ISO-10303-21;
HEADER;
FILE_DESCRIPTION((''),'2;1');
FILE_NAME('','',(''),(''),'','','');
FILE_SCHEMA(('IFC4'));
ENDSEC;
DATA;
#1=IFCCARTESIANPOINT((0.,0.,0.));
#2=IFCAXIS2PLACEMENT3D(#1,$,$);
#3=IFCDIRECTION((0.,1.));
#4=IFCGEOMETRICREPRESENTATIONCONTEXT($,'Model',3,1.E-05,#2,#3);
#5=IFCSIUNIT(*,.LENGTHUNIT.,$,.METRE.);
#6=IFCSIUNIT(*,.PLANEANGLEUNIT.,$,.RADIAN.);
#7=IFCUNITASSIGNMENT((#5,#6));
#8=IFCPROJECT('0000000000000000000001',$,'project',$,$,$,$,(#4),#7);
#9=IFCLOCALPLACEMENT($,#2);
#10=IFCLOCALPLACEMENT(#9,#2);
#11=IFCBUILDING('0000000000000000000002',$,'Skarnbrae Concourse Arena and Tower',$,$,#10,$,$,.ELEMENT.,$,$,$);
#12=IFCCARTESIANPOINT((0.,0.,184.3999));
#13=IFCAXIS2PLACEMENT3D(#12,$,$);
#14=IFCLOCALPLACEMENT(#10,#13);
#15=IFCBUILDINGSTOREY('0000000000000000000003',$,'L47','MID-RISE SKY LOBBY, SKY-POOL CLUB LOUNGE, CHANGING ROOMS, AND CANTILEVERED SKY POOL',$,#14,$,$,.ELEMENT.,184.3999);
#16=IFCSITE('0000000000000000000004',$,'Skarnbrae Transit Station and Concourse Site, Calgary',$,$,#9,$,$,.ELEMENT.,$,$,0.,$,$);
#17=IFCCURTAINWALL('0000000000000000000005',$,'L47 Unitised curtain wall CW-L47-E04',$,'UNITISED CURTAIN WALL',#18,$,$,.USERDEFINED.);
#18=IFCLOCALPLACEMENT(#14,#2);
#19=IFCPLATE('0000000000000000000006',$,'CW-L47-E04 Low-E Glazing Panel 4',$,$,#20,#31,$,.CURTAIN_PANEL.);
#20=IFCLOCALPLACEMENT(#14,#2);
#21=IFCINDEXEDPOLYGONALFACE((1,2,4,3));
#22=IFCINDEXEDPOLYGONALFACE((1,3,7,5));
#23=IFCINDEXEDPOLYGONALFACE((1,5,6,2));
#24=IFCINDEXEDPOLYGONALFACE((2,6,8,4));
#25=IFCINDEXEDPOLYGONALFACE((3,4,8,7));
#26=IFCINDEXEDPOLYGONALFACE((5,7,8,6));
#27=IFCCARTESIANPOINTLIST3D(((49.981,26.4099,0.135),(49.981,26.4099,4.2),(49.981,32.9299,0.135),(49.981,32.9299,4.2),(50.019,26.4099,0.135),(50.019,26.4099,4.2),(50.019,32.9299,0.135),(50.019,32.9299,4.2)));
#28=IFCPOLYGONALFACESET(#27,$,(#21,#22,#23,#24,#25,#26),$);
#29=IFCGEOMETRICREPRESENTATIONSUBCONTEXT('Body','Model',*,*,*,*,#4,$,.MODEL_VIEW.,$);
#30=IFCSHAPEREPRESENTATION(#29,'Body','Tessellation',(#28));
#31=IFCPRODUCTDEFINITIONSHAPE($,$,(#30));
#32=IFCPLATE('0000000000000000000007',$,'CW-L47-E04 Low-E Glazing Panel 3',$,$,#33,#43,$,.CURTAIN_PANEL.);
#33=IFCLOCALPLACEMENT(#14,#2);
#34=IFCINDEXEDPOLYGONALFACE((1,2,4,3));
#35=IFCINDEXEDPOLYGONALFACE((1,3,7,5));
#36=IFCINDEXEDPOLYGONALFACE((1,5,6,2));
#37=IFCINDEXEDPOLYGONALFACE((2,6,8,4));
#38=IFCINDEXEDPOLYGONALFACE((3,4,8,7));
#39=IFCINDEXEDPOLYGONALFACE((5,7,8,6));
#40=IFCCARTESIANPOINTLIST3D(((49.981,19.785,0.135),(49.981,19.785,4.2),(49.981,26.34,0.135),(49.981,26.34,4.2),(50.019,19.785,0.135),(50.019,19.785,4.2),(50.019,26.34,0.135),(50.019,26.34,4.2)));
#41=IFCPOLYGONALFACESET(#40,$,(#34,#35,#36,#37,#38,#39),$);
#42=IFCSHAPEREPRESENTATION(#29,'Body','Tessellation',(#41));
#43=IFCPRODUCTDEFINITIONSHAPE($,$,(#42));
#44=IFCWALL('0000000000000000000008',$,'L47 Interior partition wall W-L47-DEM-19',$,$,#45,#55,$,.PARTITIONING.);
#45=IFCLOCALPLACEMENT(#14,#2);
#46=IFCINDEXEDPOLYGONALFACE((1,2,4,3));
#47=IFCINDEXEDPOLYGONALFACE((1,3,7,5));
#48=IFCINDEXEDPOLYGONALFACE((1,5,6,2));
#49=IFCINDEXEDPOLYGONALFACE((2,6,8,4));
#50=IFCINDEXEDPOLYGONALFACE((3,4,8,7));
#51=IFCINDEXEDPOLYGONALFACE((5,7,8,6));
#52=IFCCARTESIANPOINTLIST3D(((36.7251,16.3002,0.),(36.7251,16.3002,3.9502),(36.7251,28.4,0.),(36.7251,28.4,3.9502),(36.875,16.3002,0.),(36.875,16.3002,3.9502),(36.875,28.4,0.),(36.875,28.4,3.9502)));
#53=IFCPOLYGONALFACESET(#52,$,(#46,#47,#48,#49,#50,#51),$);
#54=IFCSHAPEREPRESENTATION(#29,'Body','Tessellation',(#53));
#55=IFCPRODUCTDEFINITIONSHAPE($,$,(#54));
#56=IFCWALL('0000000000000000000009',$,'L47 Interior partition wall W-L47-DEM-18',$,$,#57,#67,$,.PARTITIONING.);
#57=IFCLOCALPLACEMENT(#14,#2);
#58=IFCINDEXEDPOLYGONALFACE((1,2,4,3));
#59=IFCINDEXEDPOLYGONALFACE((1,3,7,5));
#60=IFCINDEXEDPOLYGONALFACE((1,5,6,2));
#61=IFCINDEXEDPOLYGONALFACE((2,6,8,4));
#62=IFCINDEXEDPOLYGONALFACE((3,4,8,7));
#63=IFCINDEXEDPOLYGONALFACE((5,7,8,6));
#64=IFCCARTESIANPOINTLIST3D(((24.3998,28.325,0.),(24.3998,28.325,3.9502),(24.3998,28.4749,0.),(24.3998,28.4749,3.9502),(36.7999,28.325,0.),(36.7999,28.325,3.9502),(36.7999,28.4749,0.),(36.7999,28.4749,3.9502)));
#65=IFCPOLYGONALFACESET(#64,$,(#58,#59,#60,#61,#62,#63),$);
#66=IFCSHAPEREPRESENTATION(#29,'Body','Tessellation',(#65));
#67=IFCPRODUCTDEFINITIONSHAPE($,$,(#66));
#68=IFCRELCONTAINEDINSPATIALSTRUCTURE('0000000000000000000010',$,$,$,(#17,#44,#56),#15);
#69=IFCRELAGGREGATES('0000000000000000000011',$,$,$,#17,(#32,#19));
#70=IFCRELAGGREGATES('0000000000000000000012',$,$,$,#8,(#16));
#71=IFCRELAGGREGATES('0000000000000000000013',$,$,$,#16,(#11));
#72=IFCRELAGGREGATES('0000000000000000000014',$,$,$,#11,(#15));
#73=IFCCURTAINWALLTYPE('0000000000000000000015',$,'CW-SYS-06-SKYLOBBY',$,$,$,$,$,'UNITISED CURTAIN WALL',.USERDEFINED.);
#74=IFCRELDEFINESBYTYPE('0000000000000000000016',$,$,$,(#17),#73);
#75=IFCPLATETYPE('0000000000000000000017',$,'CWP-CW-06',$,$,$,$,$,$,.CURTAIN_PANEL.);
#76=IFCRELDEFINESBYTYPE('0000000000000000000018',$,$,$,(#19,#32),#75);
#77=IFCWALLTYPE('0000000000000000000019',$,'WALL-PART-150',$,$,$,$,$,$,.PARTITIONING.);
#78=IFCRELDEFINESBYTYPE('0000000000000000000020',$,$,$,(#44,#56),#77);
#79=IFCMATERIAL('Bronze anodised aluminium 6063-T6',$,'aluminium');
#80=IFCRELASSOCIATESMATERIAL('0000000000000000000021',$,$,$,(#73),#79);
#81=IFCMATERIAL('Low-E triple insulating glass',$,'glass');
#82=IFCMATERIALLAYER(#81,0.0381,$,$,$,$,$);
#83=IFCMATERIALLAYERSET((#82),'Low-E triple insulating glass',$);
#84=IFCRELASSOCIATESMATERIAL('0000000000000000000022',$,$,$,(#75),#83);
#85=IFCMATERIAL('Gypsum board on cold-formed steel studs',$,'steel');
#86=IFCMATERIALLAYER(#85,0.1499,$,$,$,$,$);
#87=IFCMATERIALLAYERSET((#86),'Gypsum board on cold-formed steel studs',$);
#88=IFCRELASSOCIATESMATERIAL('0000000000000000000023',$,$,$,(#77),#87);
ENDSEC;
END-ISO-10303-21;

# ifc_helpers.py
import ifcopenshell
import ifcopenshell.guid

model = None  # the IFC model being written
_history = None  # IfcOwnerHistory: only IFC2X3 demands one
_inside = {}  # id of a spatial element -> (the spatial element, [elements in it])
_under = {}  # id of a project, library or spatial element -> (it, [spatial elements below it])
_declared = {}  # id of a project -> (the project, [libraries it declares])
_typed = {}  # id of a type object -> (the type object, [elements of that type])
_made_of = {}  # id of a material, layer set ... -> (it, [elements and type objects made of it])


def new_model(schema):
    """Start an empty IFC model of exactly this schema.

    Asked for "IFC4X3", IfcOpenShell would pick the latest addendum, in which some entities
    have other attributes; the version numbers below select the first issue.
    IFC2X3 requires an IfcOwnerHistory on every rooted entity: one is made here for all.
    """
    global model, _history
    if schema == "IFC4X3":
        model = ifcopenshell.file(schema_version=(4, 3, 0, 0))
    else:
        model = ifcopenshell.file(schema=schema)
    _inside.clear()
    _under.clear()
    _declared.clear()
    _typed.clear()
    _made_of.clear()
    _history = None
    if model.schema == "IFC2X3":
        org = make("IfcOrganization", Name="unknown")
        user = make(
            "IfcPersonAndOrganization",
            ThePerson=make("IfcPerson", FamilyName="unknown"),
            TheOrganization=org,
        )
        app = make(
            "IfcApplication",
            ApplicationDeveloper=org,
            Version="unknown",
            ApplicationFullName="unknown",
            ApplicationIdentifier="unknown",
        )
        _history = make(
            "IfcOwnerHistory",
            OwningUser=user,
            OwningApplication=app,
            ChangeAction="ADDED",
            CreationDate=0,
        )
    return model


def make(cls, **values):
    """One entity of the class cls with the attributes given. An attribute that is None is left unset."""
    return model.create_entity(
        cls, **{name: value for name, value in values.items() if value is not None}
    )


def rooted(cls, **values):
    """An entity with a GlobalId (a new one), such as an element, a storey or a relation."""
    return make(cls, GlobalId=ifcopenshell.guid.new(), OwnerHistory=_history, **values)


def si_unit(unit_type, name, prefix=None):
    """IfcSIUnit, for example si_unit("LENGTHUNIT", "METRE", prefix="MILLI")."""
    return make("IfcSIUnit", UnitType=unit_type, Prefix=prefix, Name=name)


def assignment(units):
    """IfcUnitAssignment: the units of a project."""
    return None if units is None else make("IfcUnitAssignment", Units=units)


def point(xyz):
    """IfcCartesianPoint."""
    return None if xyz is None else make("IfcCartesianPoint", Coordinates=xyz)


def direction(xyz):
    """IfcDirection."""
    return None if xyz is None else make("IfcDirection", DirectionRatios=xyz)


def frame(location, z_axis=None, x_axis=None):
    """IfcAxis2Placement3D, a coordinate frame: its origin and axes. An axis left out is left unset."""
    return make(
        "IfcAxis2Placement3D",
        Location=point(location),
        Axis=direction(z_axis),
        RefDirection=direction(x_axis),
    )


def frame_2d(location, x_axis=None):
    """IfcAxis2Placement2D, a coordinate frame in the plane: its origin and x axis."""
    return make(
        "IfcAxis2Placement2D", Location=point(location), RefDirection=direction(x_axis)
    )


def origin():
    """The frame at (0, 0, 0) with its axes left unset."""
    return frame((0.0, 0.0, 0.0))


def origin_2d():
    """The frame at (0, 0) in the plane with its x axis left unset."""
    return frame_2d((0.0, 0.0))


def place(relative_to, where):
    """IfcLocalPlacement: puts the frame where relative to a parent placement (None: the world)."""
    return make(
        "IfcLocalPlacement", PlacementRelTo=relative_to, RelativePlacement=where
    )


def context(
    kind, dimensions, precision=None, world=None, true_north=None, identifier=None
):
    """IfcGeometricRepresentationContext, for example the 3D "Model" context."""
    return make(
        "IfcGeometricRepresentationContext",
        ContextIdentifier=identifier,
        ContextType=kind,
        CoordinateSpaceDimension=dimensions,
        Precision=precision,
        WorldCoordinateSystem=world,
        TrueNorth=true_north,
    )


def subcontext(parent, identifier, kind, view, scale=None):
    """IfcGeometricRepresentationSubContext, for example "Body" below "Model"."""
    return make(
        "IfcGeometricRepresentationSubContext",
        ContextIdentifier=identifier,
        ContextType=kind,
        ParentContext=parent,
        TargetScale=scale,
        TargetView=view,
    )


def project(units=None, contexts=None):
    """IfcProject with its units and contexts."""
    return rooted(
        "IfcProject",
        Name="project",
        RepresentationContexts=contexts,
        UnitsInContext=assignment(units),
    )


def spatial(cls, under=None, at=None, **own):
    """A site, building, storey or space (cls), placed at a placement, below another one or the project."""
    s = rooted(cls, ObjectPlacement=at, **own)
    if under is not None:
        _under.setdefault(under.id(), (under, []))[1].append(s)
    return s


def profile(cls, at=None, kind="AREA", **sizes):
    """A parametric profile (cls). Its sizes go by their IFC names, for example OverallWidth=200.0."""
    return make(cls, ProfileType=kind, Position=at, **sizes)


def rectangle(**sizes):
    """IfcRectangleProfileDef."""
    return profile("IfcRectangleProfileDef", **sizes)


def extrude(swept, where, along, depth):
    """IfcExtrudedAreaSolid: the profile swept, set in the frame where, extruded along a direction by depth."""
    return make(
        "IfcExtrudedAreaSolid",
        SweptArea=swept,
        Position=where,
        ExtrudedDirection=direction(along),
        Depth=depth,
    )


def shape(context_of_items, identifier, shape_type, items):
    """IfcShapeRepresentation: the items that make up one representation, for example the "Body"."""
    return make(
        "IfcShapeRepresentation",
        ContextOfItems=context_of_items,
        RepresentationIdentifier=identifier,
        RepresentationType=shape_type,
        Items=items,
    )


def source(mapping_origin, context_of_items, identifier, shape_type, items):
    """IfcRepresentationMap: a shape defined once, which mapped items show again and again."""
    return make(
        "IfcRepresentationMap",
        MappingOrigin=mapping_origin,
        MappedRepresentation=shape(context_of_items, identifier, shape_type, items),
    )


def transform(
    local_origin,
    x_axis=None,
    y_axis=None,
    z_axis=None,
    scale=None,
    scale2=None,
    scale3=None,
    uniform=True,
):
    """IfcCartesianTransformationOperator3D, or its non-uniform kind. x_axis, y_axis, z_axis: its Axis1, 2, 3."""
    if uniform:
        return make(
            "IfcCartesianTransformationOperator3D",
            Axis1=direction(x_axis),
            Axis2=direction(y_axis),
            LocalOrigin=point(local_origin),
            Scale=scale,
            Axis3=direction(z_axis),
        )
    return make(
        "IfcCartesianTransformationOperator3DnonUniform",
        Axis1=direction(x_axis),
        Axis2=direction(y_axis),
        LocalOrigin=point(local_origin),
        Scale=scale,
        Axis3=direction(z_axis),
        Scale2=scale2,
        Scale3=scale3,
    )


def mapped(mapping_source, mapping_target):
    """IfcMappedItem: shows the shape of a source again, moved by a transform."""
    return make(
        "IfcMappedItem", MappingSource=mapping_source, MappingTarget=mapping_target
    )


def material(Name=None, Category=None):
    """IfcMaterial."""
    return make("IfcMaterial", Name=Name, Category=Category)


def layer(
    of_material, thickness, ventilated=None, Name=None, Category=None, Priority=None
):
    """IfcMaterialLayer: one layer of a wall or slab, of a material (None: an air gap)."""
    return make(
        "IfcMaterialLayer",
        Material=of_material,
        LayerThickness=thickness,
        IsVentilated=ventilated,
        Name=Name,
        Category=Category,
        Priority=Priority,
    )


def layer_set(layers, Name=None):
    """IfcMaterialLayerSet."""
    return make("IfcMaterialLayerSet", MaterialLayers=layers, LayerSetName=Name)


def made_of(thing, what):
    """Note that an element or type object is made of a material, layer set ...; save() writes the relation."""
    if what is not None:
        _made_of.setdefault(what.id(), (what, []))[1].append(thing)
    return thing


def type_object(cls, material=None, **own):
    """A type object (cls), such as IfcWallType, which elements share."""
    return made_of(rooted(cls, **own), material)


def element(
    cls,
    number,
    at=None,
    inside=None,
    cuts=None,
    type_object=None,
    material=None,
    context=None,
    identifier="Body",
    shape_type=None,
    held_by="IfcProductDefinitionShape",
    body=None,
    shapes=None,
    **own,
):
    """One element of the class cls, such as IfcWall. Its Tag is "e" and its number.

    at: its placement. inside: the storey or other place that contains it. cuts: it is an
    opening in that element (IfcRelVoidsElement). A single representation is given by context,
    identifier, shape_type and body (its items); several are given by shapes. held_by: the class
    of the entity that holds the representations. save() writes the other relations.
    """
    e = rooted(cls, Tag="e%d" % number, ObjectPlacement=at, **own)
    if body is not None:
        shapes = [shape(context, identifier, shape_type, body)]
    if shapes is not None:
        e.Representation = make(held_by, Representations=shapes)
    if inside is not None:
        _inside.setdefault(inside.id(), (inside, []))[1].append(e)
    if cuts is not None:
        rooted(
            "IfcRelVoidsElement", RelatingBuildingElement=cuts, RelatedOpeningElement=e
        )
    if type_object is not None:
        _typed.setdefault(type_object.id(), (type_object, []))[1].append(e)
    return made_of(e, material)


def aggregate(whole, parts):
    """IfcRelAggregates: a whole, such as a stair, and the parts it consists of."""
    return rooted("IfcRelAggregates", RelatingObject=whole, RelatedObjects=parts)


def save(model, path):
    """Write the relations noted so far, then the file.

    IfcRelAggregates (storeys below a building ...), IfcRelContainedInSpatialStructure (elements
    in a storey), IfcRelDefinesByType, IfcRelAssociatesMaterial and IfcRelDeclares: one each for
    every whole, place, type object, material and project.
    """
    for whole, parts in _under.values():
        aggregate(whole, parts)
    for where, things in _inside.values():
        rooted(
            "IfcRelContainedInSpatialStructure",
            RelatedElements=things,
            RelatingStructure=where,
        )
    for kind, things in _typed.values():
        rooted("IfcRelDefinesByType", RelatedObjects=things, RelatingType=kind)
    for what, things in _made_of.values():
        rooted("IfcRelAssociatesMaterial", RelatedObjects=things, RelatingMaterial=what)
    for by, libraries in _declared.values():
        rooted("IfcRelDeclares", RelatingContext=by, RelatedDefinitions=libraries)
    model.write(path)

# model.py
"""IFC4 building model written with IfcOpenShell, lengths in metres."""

from ifc_helpers import new_model, si_unit, direction, frame, frame_2d, origin, origin_2d, place, context, subcontext, project, spatial, rectangle, extrude, source, transform, mapped, material, layer, layer_set, type_object, element, aggregate, save


model = new_model("IFC4")

# Units and contexts
model_context = context("Model", 3, precision=1e-05, world=origin(), true_north=direction((0.0, 1.0)))
body_context = subcontext(model_context, "Body", "Model", "MODEL_VIEW")
ifc_project = project(units=[si_unit("LENGTHUNIT", "METRE"), si_unit("PLANEANGLEUNIT", "RADIAN")], contexts=[model_context])

# Site, building, storey
site_placement = place(None, origin())
site = spatial("IfcSite", under=ifc_project, at=site_placement, Name="Skarnbrae Transit Station and Concourse Site, Calgary", CompositionType="ELEMENT", RefElevation=0.0)
building_placement = place(site_placement, origin())
building = spatial("IfcBuilding", under=site, at=building_placement, Name="Skarnbrae Concourse Arena and Tower", CompositionType="ELEMENT")
storey_placement = place(building_placement, frame((0.0, 0.0, 184.3999)))
storey = spatial("IfcBuildingStorey", under=building, at=storey_placement, Name="L47", Description="MID-RISE SKY LOBBY, SKY-POOL CLUB LOUNGE, CHANGING ROOMS, AND CANTILEVERED SKY POOL", CompositionType="ELEMENT", Elevation=184.3999)

# Curtain wall
ifc_material_1 = material(Name="Bronze anodised aluminium 6063-T6", Category="aluminium")
curtain_wall_type = type_object("IfcCurtainWallType", Name="CW-SYS-06-SKYLOBBY", ElementType="UNITISED CURTAIN WALL", PredefinedType="USERDEFINED", material=ifc_material_1)
curtain_wall_placement = place(storey_placement, origin())
curtain_wall = element("IfcCurtainWall", 1, at=curtain_wall_placement, inside=storey, type_object=curtain_wall_type, Name="L47 Unitised curtain wall CW-L47-E04", ObjectType="UNITISED CURTAIN WALL", PredefinedType="USERDEFINED")

# Plates
ifc_material_2 = material(Name="Low-E triple insulating glass", Category="glass")
ifc_layer_1 = layer(ifc_material_2, 0.0381)
ifc_layer_set_1 = layer_set([ifc_layer_1], Name="Low-E triple insulating glass")
plate_type_1 = type_object("IfcPlateType", Name="CWP-CW-06", PredefinedType="CURTAIN_PANEL", material=ifc_layer_set_1)
shared_shape_1 = source(origin(), body_context, "Body", "SweptSolid", [
    extrude(rectangle(XDim=6.52, YDim=0.0381, at=origin_2d()), origin(), (0.0, 0.0, 1.0), 4.0649),
])
plate_1_placement = place(storey_placement, frame((50.0, 29.6699, 0.135), z_axis=(0.0, 0.0, 1.0), x_axis=(0.0, 1.0, 0.0)))
plate_1 = element("IfcPlate", 2, at=plate_1_placement, type_object=plate_type_1, Name="CW-L47-E04 Low-E Glazing Panel 4", PredefinedType="CURTAIN_PANEL", context=body_context, shape_type="MappedRepresentation", body=[
    mapped(shared_shape_1, transform((0.0, 0.0, 0.0))),
])
shared_shape_2 = source(origin(), body_context, "Body", "SweptSolid", [
    extrude(rectangle(XDim=6.5549, YDim=0.0381, at=origin_2d()), origin(), (0.0, 0.0, 1.0), 4.0649),
])
plate_2_placement = place(storey_placement, frame((50.0, 23.0625, 0.135), z_axis=(0.0, 0.0, 1.0), x_axis=(0.0, 1.0, 0.0)))
plate_2 = element("IfcPlate", 3, at=plate_2_placement, type_object=plate_type_1, Name="CW-L47-E04 Low-E Glazing Panel 3", PredefinedType="CURTAIN_PANEL", context=body_context, shape_type="MappedRepresentation", body=[
    mapped(shared_shape_2, transform((0.0, 0.0, 0.0))),
])
aggregate(curtain_wall, [plate_2, plate_1])

# Walls
ifc_material_3 = material(Name="Gypsum board on cold-formed steel studs", Category="steel")
ifc_layer_2 = layer(ifc_material_3, 0.1499)
ifc_layer_set_2 = layer_set([ifc_layer_2], Name="Gypsum board on cold-formed steel studs")
wall_type = type_object("IfcWallType", Name="WALL-PART-150", PredefinedType="PARTITIONING", material=ifc_layer_set_2)
shared_shape_3 = source(origin(), body_context, "Body", "SweptSolid", [
    extrude(rectangle(XDim=12.0999, YDim=0.1499, at=frame_2d((6.0498, 0.0))), origin(), (0.0, 0.0, 1.0), 3.9502),
])
wall_1_placement = place(storey_placement, frame((36.8, 28.3999, 0.0), z_axis=(0.0, 0.0, 1.0), x_axis=(0.0, -1.0, 0.0)))
element("IfcWall", 4, at=wall_1_placement, inside=storey, type_object=wall_type, Name="L47 Interior partition wall W-L47-DEM-19", PredefinedType="PARTITIONING", context=body_context, shape_type="MappedRepresentation", body=[
    mapped(shared_shape_3, transform((0.0, 0.0, 0.0))),
])
shared_shape_4 = source(origin(), body_context, "Body", "SweptSolid", [
    extrude(rectangle(XDim=12.4001, YDim=0.1499, at=frame_2d((6.2002, 0.0))), origin(), (0.0, 0.0, 1.0), 3.9502),
])
wall_2_placement = place(storey_placement, frame((36.8, 28.3999, 0.0), z_axis=(0.0, 0.0, 1.0), x_axis=(-1.0, 0.0, 0.0)))
element("IfcWall", 5, at=wall_2_placement, inside=storey, type_object=wall_type, Name="L47 Interior partition wall W-L47-DEM-18", PredefinedType="PARTITIONING", context=body_context, shape_type="MappedRepresentation", body=[
    mapped(shared_shape_4, transform((0.0, 0.0, 0.0))),
])

save(model, "model.ifc")
